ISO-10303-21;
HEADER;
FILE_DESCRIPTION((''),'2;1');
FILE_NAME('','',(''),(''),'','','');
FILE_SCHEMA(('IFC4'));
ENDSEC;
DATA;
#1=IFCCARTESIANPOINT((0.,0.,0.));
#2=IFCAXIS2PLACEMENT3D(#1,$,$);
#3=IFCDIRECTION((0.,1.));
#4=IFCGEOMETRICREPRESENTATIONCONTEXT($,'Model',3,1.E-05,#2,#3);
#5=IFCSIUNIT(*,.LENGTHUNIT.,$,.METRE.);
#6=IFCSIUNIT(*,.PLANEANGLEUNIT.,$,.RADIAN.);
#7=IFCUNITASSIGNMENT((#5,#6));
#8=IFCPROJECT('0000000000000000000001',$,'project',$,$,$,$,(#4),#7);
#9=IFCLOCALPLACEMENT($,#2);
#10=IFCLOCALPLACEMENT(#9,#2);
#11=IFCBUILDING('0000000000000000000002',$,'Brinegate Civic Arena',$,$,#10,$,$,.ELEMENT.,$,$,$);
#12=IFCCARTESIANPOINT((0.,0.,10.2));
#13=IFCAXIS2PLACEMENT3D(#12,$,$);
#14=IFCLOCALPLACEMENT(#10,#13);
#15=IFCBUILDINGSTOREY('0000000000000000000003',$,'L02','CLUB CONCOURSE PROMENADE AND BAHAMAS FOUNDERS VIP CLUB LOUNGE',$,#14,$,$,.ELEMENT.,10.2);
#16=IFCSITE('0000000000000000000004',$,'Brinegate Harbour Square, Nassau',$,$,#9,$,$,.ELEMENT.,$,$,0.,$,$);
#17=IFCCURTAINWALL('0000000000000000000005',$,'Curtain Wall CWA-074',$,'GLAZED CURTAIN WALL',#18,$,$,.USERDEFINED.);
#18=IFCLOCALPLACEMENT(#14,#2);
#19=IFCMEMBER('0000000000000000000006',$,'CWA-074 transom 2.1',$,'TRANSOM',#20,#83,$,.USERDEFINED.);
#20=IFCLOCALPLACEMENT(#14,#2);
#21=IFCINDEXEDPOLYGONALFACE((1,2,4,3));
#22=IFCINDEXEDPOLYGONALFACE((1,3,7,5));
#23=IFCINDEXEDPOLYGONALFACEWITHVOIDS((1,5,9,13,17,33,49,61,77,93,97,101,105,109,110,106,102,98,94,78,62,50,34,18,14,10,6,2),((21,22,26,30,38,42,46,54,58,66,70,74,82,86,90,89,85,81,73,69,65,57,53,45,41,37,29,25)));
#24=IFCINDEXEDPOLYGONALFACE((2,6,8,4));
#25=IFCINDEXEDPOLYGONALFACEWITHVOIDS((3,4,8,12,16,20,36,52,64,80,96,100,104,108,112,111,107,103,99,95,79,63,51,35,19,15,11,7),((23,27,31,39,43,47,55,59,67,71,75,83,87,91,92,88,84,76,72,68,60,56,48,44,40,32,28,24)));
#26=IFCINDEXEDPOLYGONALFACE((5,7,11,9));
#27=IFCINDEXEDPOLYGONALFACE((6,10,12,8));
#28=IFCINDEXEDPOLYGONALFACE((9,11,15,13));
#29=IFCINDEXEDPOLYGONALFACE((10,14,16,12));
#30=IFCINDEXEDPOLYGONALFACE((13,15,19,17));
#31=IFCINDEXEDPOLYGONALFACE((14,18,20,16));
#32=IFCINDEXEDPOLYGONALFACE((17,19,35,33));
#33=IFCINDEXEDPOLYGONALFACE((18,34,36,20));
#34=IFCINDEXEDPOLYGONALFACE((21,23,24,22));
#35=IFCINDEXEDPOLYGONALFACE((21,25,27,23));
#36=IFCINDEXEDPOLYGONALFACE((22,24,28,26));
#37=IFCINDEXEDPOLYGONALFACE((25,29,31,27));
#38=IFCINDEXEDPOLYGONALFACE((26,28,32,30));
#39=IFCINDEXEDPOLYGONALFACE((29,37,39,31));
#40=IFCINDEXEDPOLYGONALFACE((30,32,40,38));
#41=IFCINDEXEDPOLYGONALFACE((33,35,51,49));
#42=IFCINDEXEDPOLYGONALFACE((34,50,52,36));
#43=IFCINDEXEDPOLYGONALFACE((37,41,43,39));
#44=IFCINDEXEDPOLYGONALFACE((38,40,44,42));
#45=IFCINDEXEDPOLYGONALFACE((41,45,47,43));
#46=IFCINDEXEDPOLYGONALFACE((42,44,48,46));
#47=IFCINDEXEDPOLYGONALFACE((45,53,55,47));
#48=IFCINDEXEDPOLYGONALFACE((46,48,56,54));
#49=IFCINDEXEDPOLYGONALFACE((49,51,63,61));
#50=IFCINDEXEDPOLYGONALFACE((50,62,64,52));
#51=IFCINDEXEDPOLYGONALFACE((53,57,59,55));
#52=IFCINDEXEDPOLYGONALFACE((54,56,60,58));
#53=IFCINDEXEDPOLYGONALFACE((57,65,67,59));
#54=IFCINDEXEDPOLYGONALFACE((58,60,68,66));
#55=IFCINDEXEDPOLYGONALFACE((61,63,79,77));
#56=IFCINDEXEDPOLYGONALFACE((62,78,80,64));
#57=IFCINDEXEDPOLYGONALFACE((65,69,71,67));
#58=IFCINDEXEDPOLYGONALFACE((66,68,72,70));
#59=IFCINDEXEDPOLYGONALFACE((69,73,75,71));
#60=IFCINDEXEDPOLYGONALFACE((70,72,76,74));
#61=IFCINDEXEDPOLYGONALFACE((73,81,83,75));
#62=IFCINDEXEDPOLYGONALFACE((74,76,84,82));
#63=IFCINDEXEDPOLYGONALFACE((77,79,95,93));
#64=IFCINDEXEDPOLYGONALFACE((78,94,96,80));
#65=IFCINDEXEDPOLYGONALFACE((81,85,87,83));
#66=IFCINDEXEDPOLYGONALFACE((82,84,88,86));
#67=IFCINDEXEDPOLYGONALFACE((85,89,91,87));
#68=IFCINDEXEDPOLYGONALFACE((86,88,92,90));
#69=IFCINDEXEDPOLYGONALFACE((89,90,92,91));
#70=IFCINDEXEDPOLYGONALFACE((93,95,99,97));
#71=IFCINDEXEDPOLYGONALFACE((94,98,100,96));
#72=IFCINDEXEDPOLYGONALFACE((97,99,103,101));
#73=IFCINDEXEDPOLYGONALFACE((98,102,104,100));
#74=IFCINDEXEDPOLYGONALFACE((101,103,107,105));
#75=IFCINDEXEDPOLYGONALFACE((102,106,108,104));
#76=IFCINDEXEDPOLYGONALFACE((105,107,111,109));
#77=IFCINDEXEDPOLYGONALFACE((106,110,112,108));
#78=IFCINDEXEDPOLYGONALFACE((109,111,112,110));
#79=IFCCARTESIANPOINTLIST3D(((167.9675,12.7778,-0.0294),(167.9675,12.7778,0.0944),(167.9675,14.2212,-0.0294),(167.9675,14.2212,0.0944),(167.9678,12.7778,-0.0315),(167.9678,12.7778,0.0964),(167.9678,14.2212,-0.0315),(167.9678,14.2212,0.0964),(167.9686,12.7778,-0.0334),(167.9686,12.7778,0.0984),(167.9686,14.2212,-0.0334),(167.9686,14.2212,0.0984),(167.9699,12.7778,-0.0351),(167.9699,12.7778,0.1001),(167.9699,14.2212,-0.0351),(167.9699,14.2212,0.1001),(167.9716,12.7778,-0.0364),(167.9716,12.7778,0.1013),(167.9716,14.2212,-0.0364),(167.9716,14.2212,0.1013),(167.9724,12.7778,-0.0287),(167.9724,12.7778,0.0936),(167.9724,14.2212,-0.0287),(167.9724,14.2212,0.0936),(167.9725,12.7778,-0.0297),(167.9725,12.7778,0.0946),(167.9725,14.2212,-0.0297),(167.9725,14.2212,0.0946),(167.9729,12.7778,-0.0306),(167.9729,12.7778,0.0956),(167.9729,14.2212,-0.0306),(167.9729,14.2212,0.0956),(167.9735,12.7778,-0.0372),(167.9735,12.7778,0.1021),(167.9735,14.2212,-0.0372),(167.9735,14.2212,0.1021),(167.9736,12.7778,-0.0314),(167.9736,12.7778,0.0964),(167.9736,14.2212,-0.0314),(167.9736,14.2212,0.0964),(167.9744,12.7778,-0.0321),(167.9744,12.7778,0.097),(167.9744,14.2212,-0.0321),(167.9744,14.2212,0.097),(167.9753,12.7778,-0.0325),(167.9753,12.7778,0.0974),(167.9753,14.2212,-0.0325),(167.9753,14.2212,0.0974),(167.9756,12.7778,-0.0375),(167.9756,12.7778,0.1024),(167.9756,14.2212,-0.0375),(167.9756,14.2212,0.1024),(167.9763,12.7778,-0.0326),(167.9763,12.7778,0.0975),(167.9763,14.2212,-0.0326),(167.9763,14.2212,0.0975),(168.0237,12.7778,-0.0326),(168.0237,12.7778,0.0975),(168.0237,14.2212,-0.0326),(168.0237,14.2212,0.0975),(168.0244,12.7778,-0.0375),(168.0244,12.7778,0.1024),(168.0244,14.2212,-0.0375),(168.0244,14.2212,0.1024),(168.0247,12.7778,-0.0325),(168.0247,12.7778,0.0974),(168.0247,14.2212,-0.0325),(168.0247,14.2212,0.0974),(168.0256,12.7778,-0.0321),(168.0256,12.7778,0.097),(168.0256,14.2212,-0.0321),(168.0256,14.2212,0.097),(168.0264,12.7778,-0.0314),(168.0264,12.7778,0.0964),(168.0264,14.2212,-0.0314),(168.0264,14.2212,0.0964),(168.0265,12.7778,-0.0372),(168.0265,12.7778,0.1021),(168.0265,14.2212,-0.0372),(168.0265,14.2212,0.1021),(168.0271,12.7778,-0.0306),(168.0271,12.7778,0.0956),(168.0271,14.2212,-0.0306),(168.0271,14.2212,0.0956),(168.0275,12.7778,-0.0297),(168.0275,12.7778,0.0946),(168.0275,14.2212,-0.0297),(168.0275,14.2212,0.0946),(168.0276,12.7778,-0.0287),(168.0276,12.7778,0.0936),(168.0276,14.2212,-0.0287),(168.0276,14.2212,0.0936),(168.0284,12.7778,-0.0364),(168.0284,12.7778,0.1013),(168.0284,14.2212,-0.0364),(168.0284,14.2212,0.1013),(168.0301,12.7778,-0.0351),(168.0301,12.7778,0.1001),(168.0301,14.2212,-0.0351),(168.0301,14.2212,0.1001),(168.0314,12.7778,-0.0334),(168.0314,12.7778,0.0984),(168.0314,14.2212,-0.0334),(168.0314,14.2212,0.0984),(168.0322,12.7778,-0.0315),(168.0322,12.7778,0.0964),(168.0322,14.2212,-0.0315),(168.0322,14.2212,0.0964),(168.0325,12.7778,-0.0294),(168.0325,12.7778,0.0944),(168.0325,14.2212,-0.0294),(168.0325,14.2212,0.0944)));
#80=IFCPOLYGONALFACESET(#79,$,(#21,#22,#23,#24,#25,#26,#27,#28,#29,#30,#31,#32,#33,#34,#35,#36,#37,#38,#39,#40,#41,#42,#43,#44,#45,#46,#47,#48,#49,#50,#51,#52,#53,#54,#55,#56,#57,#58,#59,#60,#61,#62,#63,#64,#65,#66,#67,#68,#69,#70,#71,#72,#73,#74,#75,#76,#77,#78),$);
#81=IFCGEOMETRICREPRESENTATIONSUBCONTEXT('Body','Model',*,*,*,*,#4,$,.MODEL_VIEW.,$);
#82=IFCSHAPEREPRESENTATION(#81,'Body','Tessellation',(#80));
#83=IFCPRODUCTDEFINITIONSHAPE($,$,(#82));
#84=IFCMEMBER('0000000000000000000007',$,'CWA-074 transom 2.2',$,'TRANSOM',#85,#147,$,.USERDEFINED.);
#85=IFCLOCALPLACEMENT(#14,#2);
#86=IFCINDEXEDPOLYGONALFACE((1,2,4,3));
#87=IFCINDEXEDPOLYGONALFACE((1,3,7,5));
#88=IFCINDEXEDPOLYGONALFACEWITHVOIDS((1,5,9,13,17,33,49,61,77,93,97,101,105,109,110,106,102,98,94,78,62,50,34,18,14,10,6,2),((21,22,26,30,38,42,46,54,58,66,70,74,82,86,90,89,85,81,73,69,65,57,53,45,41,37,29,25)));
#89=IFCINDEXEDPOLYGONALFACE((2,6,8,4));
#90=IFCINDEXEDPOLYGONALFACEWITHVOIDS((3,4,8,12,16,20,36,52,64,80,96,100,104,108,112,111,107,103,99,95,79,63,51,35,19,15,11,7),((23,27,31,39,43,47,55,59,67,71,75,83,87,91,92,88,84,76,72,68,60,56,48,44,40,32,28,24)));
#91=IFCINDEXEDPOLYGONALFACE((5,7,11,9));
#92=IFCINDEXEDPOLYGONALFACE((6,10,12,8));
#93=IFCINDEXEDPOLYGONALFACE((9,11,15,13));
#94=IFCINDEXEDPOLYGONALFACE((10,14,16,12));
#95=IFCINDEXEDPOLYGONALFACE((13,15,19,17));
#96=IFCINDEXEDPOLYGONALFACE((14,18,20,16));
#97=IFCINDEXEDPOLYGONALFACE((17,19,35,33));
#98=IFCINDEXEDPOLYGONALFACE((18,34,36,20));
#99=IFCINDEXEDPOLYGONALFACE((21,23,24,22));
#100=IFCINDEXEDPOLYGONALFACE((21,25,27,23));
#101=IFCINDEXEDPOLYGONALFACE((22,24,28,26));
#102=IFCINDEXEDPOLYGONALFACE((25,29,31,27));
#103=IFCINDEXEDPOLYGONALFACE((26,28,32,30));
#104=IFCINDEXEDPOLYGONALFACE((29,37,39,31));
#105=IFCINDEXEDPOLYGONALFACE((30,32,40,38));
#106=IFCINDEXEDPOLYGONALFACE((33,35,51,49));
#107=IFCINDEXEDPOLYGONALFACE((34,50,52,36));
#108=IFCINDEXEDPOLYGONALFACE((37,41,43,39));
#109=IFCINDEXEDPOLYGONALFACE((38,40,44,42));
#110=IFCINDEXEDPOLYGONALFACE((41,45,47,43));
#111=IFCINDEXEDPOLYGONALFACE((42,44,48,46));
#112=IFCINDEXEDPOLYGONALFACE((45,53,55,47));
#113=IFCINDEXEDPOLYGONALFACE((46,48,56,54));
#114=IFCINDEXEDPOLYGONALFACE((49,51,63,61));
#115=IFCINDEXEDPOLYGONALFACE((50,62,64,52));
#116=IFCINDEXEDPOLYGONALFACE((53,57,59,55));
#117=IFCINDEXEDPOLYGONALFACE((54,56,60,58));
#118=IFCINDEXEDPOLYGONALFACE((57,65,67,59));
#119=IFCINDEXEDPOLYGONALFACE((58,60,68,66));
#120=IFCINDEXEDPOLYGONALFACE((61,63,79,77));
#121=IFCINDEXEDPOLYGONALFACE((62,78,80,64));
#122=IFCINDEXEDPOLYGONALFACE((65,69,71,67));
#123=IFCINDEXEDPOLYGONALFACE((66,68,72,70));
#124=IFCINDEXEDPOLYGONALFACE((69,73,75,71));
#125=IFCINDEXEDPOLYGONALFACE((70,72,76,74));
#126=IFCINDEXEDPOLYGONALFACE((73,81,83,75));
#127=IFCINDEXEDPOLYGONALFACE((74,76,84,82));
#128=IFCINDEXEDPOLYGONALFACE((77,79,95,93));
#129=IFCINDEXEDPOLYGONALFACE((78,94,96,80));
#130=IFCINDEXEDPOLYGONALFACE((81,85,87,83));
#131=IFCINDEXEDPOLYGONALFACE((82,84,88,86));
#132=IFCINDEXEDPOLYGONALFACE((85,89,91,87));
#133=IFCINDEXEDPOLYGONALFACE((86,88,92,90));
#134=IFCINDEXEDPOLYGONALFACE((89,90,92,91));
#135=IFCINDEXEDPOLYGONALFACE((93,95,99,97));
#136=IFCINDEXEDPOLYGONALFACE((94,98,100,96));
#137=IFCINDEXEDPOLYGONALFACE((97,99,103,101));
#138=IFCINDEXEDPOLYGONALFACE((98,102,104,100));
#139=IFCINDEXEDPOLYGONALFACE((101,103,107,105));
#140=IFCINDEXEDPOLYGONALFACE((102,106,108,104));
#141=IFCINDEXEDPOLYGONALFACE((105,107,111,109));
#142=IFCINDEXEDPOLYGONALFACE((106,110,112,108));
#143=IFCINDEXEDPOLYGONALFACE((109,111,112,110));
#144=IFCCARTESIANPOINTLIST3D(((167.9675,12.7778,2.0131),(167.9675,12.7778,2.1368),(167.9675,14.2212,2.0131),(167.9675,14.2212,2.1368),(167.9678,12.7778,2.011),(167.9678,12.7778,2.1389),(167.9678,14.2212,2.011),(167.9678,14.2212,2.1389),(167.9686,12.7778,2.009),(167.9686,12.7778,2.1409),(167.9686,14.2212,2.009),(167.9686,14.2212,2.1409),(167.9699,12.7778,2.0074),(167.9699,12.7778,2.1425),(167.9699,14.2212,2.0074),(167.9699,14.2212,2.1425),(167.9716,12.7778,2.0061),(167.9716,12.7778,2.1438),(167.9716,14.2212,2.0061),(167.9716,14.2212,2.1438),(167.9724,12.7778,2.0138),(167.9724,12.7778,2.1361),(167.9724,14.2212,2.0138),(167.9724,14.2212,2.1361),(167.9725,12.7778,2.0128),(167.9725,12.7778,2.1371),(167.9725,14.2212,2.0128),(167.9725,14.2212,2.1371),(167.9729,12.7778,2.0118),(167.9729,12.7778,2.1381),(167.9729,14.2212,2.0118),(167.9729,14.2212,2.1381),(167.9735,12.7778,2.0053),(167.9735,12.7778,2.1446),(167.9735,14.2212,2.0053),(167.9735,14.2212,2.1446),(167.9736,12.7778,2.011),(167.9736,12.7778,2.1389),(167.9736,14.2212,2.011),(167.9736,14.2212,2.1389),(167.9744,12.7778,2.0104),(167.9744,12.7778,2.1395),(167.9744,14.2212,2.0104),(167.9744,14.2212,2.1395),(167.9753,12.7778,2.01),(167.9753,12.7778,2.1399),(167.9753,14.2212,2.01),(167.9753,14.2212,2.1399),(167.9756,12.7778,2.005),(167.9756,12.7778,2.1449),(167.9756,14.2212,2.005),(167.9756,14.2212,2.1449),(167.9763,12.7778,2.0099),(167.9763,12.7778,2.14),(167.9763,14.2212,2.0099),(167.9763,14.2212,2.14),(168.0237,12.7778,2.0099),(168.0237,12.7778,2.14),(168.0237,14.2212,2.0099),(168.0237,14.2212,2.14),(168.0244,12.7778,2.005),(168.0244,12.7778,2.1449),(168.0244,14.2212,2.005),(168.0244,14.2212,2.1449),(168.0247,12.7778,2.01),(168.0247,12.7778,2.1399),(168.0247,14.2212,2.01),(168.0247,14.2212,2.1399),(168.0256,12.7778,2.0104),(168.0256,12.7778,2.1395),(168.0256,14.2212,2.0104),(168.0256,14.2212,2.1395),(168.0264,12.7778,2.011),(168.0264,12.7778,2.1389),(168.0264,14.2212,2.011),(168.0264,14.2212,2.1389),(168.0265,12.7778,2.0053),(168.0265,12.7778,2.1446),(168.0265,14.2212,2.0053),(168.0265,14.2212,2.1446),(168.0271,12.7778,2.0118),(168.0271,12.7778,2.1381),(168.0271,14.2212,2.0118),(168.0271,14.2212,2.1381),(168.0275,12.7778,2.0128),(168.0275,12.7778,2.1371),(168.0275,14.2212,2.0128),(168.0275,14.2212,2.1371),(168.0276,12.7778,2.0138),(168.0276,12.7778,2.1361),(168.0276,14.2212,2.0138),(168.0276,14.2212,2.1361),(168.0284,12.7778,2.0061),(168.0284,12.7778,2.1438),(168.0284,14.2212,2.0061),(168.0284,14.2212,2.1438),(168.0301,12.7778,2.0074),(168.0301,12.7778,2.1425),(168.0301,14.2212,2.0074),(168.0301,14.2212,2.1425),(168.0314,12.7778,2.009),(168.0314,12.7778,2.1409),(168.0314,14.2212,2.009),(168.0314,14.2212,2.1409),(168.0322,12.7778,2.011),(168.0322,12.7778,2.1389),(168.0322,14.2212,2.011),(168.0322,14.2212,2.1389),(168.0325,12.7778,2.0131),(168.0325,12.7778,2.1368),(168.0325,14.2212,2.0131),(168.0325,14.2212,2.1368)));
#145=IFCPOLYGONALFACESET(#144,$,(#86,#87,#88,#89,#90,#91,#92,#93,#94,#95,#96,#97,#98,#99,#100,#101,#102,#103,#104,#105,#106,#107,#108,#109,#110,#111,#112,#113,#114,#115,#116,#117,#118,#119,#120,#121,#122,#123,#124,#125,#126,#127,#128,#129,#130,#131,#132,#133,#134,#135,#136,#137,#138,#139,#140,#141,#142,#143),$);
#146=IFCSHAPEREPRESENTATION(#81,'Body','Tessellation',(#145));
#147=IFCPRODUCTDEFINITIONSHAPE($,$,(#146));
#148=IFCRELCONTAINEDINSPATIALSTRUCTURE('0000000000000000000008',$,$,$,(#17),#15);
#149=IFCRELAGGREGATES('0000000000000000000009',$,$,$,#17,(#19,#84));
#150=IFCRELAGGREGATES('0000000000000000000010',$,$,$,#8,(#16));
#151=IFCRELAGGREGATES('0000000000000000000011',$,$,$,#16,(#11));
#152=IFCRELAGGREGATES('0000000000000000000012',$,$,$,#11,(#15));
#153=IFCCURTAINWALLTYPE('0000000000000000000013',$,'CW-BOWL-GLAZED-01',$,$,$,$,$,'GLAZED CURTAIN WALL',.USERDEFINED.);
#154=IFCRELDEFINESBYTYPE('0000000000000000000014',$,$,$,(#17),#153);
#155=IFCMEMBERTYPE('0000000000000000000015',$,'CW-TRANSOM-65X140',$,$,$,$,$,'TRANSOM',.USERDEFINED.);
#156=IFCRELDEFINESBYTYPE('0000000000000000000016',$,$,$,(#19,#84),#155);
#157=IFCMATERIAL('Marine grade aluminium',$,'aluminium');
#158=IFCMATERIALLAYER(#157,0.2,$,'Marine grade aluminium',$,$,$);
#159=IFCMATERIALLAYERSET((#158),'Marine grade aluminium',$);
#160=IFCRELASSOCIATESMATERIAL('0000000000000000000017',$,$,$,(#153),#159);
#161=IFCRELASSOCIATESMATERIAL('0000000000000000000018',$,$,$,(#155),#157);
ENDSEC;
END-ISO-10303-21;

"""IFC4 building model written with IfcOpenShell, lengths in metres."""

from ifc_helpers import new_model, si_unit, direction, frame, origin, origin_2d, place, context, subcontext, project, spatial, hollow_rectangle, extrude, material, layer, layer_set, material_profile, profile_set, type_object, element, aggregate, save


model = new_model("IFC4")

# Units and contexts
model_context = context("Model", 3, precision=1e-05, world=origin(), true_north=direction((0.0, 1.0)))
body_context = subcontext(model_context, "Body", "Model", "MODEL_VIEW")
ifc_project = project(units=[si_unit("LENGTHUNIT", "METRE"), si_unit("PLANEANGLEUNIT", "RADIAN")], contexts=[model_context])

# Site, building, storey
site_placement = place(None, origin())
site = spatial("IfcSite", under=ifc_project, at=site_placement, Name="Brinegate Harbour Square, Nassau", CompositionType="ELEMENT", RefElevation=0.0)
building_placement = place(site_placement, origin())
building = spatial("IfcBuilding", under=site, at=building_placement, Name="Brinegate Civic Arena", CompositionType="ELEMENT")
storey_placement = place(building_placement, frame((0.0, 0.0, 10.2)))
storey = spatial("IfcBuildingStorey", under=building, at=storey_placement, Name="L02", Description="CLUB CONCOURSE PROMENADE AND BAHAMAS FOUNDERS VIP CLUB LOUNGE", CompositionType="ELEMENT", Elevation=10.2)

# Shared definitions
ifc_material_1 = material(Name="Marine grade aluminium", Category="aluminium")
ifc_layer_1 = layer(ifc_material_1, 0.2, Name="Marine grade aluminium")
ifc_layer_set_1 = layer_set([ifc_layer_1], Name="Marine grade aluminium")
curtain_wall_type = type_object("IfcCurtainWallType", Name="CW-BOWL-GLAZED-01", ElementType="GLAZED CURTAIN WALL", PredefinedType="USERDEFINED", material=ifc_layer_set_1)

# Curtain wall, members
curtain_wall_1_placement = place(storey_placement, origin())
curtain_wall_1 = element("IfcCurtainWall", 1, at=curtain_wall_1_placement, inside=storey, type_object=curtain_wall_type, Name="Curtain Wall CWA-074", ObjectType="GLAZED CURTAIN WALL", PredefinedType="USERDEFINED")
ifc_material_profile_1 = material_profile(ifc_material_1, hollow_rectangle(XDim=0.0649, YDim=0.1399, WallThickness=0.0049, InnerFilletRadius=0.0039, OuterFilletRadius=0.0081, at=origin_2d()), Name="TRN65X140")
ifc_profile_set_1 = profile_set([ifc_material_profile_1], Name="Marine grade aluminium")
member_type_1 = type_object("IfcMemberType", Name="CW-TRANSOM-65X140", ElementType="TRANSOM", PredefinedType="USERDEFINED", material=ifc_profile_set_1)
member_1_placement = place(storey_placement, frame((168.0, 12.7778, 0.0325), z_axis=(0.0, 1.0, 0.0), x_axis=(-1.0, 0.0, 0.0)))
member_1 = element("IfcMember", 2, at=member_1_placement, type_object=member_type_1, Name="CWA-074 transom 2.1", ObjectType="TRANSOM", PredefinedType="USERDEFINED", context=body_context, shape_type="SweptSolid", body=[
    extrude(hollow_rectangle(XDim=0.0649, YDim=0.1399, WallThickness=0.0049, InnerFilletRadius=0.0039, OuterFilletRadius=0.0081, at=origin_2d()), origin(), (0.0, 0.0, 1.0), 1.4434),
])
member_2_placement = place(storey_placement, frame((168.0, 12.7778, 2.075), z_axis=(0.0, 1.0, 0.0), x_axis=(-1.0, 0.0, 0.0)))
member_2 = element("IfcMember", 3, at=member_2_placement, type_object=member_type_1, Name="CWA-074 transom 2.2", ObjectType="TRANSOM", PredefinedType="USERDEFINED", context=body_context, shape_type="SweptSolid", body=[
    extrude(hollow_rectangle(XDim=0.0649, YDim=0.1399, WallThickness=0.0049, InnerFilletRadius=0.0039, OuterFilletRadius=0.0081, at=origin_2d()), origin(), (0.0, 0.0, 1.0), 1.4434),
])

aggregate(curtain_wall_1, [member_1, member_2])

save(model, "model.ifc")
